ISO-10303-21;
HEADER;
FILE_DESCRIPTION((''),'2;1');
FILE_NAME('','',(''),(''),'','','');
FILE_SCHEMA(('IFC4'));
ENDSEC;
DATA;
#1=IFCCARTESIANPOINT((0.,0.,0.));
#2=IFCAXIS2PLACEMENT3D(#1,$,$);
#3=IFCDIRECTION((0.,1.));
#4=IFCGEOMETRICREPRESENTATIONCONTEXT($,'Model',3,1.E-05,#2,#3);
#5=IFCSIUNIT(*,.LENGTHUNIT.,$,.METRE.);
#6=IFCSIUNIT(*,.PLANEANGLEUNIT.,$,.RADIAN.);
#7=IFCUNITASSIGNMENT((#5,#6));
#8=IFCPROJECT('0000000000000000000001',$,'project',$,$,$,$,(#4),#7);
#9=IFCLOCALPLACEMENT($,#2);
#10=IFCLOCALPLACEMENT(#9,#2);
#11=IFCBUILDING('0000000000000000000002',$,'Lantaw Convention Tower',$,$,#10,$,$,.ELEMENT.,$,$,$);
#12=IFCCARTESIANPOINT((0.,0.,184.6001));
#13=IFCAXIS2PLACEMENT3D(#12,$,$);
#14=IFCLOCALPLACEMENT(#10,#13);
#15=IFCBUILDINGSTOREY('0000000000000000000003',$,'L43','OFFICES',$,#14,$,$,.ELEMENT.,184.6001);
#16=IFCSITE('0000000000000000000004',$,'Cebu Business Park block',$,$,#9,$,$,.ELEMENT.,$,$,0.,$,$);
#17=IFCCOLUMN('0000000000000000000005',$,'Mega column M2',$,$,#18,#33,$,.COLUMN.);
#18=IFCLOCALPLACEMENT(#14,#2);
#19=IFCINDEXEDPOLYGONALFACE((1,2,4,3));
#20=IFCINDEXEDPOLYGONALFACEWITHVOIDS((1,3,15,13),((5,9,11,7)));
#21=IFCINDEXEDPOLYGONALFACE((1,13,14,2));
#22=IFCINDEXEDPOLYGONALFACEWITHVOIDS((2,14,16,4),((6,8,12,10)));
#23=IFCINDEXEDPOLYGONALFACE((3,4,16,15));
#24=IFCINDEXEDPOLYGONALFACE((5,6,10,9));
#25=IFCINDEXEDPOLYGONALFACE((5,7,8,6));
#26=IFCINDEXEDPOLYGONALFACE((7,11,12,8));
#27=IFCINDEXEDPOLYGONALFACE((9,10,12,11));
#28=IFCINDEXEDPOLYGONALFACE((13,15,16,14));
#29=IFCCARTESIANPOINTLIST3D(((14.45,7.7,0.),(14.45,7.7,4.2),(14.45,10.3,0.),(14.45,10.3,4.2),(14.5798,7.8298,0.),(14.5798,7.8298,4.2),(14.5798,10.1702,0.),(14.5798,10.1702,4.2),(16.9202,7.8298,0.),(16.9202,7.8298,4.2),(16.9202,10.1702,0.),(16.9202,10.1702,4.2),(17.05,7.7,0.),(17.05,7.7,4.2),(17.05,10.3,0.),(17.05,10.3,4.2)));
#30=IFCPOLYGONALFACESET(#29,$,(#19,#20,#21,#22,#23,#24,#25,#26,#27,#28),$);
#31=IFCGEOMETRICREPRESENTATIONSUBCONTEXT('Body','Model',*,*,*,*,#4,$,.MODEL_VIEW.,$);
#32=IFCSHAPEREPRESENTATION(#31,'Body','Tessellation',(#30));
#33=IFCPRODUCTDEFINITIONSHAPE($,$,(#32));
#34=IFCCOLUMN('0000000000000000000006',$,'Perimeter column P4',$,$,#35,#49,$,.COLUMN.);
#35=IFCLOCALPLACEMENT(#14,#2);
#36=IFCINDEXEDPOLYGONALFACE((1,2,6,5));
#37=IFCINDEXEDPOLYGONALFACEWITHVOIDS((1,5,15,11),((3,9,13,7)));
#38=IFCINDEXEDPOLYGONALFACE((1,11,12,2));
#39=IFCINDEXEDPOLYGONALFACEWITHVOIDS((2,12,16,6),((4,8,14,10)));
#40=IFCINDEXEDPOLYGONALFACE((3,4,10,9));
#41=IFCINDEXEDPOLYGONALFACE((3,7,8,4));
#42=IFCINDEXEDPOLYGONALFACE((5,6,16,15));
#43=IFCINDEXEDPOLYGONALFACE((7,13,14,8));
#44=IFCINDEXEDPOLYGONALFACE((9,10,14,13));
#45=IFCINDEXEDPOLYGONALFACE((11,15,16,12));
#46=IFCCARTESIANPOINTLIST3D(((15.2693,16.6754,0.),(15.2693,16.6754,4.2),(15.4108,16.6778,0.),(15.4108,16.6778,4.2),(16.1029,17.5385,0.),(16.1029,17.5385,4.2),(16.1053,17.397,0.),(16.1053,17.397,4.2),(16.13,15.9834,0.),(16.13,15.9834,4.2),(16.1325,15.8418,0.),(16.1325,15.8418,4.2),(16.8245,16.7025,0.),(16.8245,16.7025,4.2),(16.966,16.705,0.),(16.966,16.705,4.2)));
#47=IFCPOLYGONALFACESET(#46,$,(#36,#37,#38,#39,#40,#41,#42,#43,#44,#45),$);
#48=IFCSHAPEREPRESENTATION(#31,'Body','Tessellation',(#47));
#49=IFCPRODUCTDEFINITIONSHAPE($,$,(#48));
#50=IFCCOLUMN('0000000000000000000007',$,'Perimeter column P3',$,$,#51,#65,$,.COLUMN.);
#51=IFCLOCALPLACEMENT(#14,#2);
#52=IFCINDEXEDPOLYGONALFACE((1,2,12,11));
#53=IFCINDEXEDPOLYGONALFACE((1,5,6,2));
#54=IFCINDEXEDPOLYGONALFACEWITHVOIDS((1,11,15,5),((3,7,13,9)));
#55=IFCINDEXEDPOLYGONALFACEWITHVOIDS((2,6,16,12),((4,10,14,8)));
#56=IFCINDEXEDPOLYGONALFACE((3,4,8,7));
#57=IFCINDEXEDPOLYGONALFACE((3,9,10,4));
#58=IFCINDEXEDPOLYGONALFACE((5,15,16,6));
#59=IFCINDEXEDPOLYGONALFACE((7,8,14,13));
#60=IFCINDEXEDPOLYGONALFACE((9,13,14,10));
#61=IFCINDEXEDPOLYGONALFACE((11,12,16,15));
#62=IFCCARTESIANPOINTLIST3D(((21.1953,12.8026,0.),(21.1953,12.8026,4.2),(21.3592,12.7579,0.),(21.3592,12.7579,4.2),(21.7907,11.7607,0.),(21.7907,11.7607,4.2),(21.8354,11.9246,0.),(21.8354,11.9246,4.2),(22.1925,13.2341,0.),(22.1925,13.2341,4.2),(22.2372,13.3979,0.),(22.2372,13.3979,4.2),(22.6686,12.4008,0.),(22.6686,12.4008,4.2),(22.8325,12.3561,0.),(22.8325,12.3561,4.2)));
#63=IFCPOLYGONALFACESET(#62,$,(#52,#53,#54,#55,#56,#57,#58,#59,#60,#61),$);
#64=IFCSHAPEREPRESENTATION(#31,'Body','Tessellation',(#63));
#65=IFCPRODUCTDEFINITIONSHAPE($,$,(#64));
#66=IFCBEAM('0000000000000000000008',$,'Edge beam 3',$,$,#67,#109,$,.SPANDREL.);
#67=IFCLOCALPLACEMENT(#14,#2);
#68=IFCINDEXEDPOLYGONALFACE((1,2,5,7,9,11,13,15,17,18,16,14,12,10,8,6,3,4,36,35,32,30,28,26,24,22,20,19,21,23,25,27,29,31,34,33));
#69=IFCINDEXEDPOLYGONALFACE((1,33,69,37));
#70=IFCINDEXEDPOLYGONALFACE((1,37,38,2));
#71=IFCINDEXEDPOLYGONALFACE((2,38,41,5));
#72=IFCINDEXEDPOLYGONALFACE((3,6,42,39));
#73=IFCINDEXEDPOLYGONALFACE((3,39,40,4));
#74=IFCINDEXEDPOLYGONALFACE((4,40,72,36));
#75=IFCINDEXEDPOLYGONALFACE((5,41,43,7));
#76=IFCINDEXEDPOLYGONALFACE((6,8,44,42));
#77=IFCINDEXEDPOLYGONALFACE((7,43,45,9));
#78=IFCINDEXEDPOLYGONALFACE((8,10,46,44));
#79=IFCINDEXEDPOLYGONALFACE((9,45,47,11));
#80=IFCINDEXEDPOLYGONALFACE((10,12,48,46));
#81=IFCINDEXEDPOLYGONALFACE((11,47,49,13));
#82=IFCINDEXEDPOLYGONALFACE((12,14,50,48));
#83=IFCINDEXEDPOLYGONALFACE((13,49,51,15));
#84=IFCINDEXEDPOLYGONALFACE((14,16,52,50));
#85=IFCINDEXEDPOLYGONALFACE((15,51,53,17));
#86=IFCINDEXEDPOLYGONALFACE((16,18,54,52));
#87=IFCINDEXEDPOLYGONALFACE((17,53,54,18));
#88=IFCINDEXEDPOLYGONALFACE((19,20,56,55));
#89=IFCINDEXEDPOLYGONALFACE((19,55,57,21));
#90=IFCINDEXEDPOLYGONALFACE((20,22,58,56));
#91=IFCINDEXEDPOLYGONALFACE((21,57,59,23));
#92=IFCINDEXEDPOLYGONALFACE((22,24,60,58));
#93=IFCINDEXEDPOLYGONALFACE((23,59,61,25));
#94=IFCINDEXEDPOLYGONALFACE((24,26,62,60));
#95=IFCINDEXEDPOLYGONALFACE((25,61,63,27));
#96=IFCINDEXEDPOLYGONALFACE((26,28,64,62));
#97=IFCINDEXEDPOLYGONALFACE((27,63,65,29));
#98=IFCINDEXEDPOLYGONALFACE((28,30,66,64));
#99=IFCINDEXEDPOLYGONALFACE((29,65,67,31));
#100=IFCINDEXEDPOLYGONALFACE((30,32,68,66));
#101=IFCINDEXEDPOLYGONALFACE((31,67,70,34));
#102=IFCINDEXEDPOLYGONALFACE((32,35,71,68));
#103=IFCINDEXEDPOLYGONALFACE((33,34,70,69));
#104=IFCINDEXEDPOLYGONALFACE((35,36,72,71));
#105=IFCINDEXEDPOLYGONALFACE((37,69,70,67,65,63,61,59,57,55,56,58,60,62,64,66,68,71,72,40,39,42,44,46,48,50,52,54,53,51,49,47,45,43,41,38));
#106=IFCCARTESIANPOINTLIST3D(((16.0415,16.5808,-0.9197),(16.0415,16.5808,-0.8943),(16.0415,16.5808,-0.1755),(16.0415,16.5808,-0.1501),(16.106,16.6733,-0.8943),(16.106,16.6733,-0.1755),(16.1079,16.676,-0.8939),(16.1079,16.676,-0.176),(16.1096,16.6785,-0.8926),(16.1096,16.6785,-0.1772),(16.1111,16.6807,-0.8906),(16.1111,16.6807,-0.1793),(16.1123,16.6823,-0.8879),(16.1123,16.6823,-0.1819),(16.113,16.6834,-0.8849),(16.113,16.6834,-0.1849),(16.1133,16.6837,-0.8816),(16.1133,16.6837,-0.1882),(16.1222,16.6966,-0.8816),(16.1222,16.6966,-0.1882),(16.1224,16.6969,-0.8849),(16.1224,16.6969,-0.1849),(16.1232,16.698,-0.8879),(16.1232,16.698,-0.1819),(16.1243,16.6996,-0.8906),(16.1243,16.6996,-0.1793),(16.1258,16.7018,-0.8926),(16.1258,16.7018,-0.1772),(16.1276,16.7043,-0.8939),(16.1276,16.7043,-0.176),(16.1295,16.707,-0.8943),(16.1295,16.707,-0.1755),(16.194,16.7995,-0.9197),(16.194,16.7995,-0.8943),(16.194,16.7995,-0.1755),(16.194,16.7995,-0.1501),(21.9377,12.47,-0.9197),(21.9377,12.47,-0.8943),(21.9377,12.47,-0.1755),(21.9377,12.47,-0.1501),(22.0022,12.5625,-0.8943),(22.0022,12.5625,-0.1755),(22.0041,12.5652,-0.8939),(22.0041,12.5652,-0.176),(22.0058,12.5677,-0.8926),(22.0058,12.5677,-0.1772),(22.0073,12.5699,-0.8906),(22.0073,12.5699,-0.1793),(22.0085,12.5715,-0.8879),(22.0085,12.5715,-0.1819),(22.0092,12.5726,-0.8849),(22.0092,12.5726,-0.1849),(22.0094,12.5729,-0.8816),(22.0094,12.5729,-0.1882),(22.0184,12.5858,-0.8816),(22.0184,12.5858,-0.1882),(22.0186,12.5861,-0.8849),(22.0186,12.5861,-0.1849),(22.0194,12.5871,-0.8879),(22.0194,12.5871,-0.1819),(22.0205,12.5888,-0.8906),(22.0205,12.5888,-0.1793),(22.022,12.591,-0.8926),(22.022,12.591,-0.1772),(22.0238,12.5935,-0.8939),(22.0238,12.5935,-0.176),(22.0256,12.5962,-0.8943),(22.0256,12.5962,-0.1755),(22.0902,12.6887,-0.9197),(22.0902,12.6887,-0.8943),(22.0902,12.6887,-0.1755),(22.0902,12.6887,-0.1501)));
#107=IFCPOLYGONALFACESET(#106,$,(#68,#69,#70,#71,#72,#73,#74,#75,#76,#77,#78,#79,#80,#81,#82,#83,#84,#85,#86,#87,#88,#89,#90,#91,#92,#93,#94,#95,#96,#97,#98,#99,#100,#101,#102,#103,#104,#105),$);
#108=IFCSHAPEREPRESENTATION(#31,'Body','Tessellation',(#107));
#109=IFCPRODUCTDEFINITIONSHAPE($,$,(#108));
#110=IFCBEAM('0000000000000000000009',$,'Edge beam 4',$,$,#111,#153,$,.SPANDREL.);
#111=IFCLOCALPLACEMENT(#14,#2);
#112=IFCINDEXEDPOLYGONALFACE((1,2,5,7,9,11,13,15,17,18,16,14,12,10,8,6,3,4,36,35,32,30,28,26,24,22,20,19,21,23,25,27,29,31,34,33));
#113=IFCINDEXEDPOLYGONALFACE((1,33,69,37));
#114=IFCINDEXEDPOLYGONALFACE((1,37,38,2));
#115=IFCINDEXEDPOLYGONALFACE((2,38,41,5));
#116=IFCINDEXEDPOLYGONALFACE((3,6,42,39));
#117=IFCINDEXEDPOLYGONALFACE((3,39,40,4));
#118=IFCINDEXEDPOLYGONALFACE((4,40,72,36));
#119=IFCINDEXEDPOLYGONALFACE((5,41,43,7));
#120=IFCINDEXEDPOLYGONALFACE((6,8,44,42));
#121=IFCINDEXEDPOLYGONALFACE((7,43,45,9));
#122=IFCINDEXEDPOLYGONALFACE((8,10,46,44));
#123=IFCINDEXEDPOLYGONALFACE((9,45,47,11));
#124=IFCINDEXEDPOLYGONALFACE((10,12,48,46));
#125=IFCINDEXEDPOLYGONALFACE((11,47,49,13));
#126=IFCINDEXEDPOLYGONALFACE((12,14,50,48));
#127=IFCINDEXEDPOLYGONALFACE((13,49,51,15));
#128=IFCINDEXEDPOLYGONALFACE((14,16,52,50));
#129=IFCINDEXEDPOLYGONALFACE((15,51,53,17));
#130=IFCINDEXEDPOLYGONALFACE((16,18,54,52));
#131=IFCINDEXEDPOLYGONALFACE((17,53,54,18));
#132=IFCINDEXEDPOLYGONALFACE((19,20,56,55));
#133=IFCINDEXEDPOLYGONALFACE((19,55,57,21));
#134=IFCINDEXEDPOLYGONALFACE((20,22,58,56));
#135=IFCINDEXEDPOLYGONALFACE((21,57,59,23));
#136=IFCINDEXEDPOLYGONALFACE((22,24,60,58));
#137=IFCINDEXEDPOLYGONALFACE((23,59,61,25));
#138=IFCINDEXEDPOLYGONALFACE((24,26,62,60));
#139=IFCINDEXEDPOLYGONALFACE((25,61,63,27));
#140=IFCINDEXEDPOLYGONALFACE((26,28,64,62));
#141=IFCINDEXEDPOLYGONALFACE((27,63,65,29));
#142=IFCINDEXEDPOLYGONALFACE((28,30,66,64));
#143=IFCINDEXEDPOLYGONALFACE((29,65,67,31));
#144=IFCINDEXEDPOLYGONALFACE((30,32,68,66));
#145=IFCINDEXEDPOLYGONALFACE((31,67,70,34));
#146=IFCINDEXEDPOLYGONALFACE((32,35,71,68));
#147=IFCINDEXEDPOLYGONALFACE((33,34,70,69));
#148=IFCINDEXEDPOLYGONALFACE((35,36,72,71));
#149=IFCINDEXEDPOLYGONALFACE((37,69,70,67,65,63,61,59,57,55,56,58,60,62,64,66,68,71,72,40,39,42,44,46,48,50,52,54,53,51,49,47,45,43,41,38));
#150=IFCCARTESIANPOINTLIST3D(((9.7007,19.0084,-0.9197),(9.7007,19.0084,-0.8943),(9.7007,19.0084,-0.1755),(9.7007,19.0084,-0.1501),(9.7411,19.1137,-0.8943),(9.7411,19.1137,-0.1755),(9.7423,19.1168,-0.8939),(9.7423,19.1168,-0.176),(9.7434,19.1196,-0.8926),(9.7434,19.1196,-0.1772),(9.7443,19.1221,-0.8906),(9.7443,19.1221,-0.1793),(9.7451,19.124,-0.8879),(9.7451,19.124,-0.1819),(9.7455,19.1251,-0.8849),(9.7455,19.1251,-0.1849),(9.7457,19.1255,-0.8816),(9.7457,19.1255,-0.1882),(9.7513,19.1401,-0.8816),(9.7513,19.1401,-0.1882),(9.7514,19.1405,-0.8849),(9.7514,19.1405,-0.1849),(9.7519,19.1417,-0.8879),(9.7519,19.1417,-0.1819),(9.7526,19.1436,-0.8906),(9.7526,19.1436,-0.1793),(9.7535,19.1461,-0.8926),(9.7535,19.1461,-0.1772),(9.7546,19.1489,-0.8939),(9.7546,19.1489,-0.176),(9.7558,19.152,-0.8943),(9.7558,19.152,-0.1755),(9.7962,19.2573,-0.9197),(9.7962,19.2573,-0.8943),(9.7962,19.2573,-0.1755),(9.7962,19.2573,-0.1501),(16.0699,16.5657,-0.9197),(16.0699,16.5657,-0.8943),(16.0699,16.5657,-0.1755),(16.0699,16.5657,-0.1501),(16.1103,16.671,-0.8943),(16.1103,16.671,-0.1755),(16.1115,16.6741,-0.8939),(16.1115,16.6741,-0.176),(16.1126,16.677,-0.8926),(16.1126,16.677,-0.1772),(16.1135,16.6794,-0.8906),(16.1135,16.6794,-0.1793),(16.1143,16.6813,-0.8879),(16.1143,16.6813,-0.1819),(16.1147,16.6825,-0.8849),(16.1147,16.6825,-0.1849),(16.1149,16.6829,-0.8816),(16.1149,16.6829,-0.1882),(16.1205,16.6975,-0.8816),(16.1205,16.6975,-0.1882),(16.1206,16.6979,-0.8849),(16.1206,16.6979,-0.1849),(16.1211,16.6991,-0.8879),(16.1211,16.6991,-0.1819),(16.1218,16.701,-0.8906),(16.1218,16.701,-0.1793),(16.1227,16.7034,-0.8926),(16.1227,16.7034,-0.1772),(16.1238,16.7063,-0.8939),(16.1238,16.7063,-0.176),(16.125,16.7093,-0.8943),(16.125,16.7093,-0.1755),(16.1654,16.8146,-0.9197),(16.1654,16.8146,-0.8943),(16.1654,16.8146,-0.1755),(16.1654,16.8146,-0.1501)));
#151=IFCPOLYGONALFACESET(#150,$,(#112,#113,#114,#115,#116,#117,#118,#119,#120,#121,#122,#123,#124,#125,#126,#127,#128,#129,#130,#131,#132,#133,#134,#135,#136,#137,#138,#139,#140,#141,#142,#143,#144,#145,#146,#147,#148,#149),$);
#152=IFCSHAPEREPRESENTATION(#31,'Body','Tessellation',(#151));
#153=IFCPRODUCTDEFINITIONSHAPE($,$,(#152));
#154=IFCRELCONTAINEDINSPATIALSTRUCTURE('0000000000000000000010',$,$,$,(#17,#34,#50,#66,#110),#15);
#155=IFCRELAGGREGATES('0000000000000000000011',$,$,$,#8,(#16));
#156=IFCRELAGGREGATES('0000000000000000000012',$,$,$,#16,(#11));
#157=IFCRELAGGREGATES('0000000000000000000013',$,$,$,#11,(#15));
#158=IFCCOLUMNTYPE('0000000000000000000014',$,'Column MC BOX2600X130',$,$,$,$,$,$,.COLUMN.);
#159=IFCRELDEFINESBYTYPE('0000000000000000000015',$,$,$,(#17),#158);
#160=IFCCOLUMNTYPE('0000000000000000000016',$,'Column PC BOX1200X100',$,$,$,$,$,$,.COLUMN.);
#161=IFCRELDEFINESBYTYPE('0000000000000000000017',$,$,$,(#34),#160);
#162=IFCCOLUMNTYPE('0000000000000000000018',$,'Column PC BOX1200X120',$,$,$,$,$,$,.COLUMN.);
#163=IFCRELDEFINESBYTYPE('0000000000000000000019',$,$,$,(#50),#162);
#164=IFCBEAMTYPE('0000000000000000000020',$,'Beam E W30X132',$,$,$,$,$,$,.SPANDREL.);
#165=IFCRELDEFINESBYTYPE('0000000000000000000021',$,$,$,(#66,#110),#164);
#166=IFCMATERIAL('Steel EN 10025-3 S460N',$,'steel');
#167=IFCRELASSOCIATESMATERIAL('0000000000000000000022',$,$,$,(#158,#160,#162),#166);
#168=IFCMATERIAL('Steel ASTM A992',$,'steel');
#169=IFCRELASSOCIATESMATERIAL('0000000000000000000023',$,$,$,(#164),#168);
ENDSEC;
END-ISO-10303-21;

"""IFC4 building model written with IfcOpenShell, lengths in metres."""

from ifc_helpers import new_model, si_unit, direction, frame, origin, origin_2d, place, context, subcontext, project, spatial, rectangle, hollow_rectangle, i_section, extrude, material, material_profile, profile_set, type_object, element, save


model = new_model("IFC4")

# Units and contexts
model_context = context("Model", 3, precision=1e-05, world=origin(), true_north=direction((0.0, 1.0)))
body_context = subcontext(model_context, "Body", "Model", "MODEL_VIEW")
ifc_project = project(units=[si_unit("LENGTHUNIT", "METRE"), si_unit("PLANEANGLEUNIT", "RADIAN")], contexts=[model_context])

# Site, building, storey
site_placement = place(None, origin())
site = spatial("IfcSite", under=ifc_project, at=site_placement, Name="Cebu Business Park block", CompositionType="ELEMENT", RefElevation=0.0)
building_placement = place(site_placement, origin())
building = spatial("IfcBuilding", under=site, at=building_placement, Name="Lantaw Convention Tower", CompositionType="ELEMENT")
storey_placement = place(building_placement, frame((0.0, 0.0, 184.6001)))
storey = spatial("IfcBuildingStorey", under=building, at=storey_placement, Name="L43", Description="OFFICES", CompositionType="ELEMENT", Elevation=184.6001)

# Columns
ifc_material_1 = material(Name="Steel EN 10025-3 S460N", Category="steel")
ifc_material_profile_1 = material_profile(ifc_material_1, hollow_rectangle(XDim=2.6001, YDim=2.6001, WallThickness=0.1299, at=origin_2d()), Name="BOX2600X130")
ifc_material_2 = material(Name="Concrete C60/75", Category="concrete")
ifc_material_profile_2 = material_profile(ifc_material_2, rectangle(XDim=2.3401, YDim=2.3401, at=origin_2d()), Name="Concrete fill of BOX2600X130")
ifc_profile_set_1 = profile_set([ifc_material_profile_1, ifc_material_profile_2], Name="Steel EN 10025-3 S460N")
column_type_1 = type_object("IfcColumnType", Name="Column MC BOX2600X130", PredefinedType="COLUMN", material=ifc_profile_set_1)
column_1_placement = place(storey_placement, frame((15.75, 9.0, 0.0), z_axis=(0.0, 0.0, 1.0), x_axis=(1.0, 0.0, 0.0)))
element("IfcColumn", 1, at=column_1_placement, inside=storey, type_object=column_type_1, Name="Mega column M2", PredefinedType="COLUMN", context=body_context, shape_type="SweptSolid", body=[
    extrude(hollow_rectangle(XDim=2.6001, YDim=2.6001, WallThickness=0.1299, at=origin_2d()), origin(), (0.0, 0.0, 1.0), 4.2),
])
ifc_material_profile_3 = material_profile(ifc_material_1, hollow_rectangle(XDim=1.2, YDim=1.2, WallThickness=0.1001, at=origin_2d()), Name="BOX1200X100")
ifc_material_profile_4 = material_profile(ifc_material_2, rectangle(XDim=1.0, YDim=1.0, at=origin_2d()), Name="Concrete fill of BOX1200X100")
ifc_profile_set_2 = profile_set([ifc_material_profile_3, ifc_material_profile_4], Name="Steel EN 10025-3 S460N")
column_type_2 = type_object("IfcColumnType", Name="Column PC BOX1200X100", PredefinedType="COLUMN", material=ifc_profile_set_2)
column_2_placement = place(storey_placement, frame((16.1177, 16.6902, 0.0), z_axis=(0.0, 0.0, 1.0), x_axis=(0.694658, 0.71934, 0.0)))
element("IfcColumn", 2, at=column_2_placement, inside=storey, type_object=column_type_2, Name="Perimeter column P4", PredefinedType="COLUMN", context=body_context, shape_type="SweptSolid", body=[
    extrude(hollow_rectangle(XDim=1.2, YDim=1.2, WallThickness=0.1001, at=origin_2d()), origin(), (0.0, 0.0, 1.0), 4.2),
])
ifc_material_profile_5 = material_profile(ifc_material_1, hollow_rectangle(XDim=1.2, YDim=1.2, WallThickness=0.1201, at=origin_2d()), Name="BOX1200X120")
ifc_material_profile_6 = material_profile(ifc_material_2, rectangle(XDim=0.96, YDim=0.96, at=origin_2d()), Name="Concrete fill of BOX1200X120")
ifc_profile_set_3 = profile_set([ifc_material_profile_5, ifc_material_profile_6], Name="Steel EN 10025-3 S460N")
column_type_3 = type_object("IfcColumnType", Name="Column PC BOX1200X120", PredefinedType="COLUMN", material=ifc_profile_set_3)
column_3_placement = place(storey_placement, frame((22.0139, 12.5793, 0.0), z_axis=(0.0, 0.0, 1.0), x_axis=(0.868243, 0.496139, 0.0)))
element("IfcColumn", 3, at=column_3_placement, inside=storey, type_object=column_type_3, Name="Perimeter column P3", PredefinedType="COLUMN", context=body_context, shape_type="SweptSolid", body=[
    extrude(hollow_rectangle(XDim=1.2, YDim=1.2, WallThickness=0.1201, at=origin_2d()), origin(), (0.0, 0.0, 1.0), 4.2),
])

# Beams
ifc_material_3 = material(Name="Steel ASTM A992", Category="steel")
ifc_material_profile_7 = material_profile(ifc_material_3, i_section(OverallWidth=0.2666, OverallDepth=0.7695, WebThickness=0.0156, FlangeThickness=0.0254, FilletRadius=0.0127, at=origin_2d()), Name="W30X132")
ifc_profile_set_4 = profile_set([ifc_material_profile_7], Name="Steel ASTM A992")
beam_type_1 = type_object("IfcBeamType", Name="Beam E W30X132", PredefinedType="SPANDREL", material=ifc_profile_set_4)
beam_1_placement = place(storey_placement, frame((22.0139, 12.5793, -0.5349), z_axis=(-0.820311, 0.571918, 0.0), x_axis=(-0.571918, -0.820311, 0.0)))
element("IfcBeam", 4, at=beam_1_placement, inside=storey, type_object=beam_type_1, Name="Edge beam 3", PredefinedType="SPANDREL", context=body_context, shape_type="SweptSolid", body=[
    extrude(i_section(OverallWidth=0.2666, OverallDepth=0.7695, WebThickness=0.0156, FlangeThickness=0.0254, FilletRadius=0.0127, at=origin_2d()), origin(), (0.0, 0.0, 1.0), 7.1877),
])
beam_2_placement = place(storey_placement, frame((16.1177, 16.6902, -0.5349), z_axis=(-0.933691, 0.35808, 0.0), x_axis=(-0.35808, -0.933691, 0.0)))
element("IfcBeam", 5, at=beam_2_placement, inside=storey, type_object=beam_type_1, Name="Edge beam 4", PredefinedType="SPANDREL", context=body_context, shape_type="SweptSolid", body=[
    extrude(i_section(OverallWidth=0.2666, OverallDepth=0.7695, WebThickness=0.0156, FlangeThickness=0.0254, FilletRadius=0.0127, at=origin_2d()), origin(), (0.0, 0.0, 1.0), 6.8215),
])

save(model, "model.ifc")
